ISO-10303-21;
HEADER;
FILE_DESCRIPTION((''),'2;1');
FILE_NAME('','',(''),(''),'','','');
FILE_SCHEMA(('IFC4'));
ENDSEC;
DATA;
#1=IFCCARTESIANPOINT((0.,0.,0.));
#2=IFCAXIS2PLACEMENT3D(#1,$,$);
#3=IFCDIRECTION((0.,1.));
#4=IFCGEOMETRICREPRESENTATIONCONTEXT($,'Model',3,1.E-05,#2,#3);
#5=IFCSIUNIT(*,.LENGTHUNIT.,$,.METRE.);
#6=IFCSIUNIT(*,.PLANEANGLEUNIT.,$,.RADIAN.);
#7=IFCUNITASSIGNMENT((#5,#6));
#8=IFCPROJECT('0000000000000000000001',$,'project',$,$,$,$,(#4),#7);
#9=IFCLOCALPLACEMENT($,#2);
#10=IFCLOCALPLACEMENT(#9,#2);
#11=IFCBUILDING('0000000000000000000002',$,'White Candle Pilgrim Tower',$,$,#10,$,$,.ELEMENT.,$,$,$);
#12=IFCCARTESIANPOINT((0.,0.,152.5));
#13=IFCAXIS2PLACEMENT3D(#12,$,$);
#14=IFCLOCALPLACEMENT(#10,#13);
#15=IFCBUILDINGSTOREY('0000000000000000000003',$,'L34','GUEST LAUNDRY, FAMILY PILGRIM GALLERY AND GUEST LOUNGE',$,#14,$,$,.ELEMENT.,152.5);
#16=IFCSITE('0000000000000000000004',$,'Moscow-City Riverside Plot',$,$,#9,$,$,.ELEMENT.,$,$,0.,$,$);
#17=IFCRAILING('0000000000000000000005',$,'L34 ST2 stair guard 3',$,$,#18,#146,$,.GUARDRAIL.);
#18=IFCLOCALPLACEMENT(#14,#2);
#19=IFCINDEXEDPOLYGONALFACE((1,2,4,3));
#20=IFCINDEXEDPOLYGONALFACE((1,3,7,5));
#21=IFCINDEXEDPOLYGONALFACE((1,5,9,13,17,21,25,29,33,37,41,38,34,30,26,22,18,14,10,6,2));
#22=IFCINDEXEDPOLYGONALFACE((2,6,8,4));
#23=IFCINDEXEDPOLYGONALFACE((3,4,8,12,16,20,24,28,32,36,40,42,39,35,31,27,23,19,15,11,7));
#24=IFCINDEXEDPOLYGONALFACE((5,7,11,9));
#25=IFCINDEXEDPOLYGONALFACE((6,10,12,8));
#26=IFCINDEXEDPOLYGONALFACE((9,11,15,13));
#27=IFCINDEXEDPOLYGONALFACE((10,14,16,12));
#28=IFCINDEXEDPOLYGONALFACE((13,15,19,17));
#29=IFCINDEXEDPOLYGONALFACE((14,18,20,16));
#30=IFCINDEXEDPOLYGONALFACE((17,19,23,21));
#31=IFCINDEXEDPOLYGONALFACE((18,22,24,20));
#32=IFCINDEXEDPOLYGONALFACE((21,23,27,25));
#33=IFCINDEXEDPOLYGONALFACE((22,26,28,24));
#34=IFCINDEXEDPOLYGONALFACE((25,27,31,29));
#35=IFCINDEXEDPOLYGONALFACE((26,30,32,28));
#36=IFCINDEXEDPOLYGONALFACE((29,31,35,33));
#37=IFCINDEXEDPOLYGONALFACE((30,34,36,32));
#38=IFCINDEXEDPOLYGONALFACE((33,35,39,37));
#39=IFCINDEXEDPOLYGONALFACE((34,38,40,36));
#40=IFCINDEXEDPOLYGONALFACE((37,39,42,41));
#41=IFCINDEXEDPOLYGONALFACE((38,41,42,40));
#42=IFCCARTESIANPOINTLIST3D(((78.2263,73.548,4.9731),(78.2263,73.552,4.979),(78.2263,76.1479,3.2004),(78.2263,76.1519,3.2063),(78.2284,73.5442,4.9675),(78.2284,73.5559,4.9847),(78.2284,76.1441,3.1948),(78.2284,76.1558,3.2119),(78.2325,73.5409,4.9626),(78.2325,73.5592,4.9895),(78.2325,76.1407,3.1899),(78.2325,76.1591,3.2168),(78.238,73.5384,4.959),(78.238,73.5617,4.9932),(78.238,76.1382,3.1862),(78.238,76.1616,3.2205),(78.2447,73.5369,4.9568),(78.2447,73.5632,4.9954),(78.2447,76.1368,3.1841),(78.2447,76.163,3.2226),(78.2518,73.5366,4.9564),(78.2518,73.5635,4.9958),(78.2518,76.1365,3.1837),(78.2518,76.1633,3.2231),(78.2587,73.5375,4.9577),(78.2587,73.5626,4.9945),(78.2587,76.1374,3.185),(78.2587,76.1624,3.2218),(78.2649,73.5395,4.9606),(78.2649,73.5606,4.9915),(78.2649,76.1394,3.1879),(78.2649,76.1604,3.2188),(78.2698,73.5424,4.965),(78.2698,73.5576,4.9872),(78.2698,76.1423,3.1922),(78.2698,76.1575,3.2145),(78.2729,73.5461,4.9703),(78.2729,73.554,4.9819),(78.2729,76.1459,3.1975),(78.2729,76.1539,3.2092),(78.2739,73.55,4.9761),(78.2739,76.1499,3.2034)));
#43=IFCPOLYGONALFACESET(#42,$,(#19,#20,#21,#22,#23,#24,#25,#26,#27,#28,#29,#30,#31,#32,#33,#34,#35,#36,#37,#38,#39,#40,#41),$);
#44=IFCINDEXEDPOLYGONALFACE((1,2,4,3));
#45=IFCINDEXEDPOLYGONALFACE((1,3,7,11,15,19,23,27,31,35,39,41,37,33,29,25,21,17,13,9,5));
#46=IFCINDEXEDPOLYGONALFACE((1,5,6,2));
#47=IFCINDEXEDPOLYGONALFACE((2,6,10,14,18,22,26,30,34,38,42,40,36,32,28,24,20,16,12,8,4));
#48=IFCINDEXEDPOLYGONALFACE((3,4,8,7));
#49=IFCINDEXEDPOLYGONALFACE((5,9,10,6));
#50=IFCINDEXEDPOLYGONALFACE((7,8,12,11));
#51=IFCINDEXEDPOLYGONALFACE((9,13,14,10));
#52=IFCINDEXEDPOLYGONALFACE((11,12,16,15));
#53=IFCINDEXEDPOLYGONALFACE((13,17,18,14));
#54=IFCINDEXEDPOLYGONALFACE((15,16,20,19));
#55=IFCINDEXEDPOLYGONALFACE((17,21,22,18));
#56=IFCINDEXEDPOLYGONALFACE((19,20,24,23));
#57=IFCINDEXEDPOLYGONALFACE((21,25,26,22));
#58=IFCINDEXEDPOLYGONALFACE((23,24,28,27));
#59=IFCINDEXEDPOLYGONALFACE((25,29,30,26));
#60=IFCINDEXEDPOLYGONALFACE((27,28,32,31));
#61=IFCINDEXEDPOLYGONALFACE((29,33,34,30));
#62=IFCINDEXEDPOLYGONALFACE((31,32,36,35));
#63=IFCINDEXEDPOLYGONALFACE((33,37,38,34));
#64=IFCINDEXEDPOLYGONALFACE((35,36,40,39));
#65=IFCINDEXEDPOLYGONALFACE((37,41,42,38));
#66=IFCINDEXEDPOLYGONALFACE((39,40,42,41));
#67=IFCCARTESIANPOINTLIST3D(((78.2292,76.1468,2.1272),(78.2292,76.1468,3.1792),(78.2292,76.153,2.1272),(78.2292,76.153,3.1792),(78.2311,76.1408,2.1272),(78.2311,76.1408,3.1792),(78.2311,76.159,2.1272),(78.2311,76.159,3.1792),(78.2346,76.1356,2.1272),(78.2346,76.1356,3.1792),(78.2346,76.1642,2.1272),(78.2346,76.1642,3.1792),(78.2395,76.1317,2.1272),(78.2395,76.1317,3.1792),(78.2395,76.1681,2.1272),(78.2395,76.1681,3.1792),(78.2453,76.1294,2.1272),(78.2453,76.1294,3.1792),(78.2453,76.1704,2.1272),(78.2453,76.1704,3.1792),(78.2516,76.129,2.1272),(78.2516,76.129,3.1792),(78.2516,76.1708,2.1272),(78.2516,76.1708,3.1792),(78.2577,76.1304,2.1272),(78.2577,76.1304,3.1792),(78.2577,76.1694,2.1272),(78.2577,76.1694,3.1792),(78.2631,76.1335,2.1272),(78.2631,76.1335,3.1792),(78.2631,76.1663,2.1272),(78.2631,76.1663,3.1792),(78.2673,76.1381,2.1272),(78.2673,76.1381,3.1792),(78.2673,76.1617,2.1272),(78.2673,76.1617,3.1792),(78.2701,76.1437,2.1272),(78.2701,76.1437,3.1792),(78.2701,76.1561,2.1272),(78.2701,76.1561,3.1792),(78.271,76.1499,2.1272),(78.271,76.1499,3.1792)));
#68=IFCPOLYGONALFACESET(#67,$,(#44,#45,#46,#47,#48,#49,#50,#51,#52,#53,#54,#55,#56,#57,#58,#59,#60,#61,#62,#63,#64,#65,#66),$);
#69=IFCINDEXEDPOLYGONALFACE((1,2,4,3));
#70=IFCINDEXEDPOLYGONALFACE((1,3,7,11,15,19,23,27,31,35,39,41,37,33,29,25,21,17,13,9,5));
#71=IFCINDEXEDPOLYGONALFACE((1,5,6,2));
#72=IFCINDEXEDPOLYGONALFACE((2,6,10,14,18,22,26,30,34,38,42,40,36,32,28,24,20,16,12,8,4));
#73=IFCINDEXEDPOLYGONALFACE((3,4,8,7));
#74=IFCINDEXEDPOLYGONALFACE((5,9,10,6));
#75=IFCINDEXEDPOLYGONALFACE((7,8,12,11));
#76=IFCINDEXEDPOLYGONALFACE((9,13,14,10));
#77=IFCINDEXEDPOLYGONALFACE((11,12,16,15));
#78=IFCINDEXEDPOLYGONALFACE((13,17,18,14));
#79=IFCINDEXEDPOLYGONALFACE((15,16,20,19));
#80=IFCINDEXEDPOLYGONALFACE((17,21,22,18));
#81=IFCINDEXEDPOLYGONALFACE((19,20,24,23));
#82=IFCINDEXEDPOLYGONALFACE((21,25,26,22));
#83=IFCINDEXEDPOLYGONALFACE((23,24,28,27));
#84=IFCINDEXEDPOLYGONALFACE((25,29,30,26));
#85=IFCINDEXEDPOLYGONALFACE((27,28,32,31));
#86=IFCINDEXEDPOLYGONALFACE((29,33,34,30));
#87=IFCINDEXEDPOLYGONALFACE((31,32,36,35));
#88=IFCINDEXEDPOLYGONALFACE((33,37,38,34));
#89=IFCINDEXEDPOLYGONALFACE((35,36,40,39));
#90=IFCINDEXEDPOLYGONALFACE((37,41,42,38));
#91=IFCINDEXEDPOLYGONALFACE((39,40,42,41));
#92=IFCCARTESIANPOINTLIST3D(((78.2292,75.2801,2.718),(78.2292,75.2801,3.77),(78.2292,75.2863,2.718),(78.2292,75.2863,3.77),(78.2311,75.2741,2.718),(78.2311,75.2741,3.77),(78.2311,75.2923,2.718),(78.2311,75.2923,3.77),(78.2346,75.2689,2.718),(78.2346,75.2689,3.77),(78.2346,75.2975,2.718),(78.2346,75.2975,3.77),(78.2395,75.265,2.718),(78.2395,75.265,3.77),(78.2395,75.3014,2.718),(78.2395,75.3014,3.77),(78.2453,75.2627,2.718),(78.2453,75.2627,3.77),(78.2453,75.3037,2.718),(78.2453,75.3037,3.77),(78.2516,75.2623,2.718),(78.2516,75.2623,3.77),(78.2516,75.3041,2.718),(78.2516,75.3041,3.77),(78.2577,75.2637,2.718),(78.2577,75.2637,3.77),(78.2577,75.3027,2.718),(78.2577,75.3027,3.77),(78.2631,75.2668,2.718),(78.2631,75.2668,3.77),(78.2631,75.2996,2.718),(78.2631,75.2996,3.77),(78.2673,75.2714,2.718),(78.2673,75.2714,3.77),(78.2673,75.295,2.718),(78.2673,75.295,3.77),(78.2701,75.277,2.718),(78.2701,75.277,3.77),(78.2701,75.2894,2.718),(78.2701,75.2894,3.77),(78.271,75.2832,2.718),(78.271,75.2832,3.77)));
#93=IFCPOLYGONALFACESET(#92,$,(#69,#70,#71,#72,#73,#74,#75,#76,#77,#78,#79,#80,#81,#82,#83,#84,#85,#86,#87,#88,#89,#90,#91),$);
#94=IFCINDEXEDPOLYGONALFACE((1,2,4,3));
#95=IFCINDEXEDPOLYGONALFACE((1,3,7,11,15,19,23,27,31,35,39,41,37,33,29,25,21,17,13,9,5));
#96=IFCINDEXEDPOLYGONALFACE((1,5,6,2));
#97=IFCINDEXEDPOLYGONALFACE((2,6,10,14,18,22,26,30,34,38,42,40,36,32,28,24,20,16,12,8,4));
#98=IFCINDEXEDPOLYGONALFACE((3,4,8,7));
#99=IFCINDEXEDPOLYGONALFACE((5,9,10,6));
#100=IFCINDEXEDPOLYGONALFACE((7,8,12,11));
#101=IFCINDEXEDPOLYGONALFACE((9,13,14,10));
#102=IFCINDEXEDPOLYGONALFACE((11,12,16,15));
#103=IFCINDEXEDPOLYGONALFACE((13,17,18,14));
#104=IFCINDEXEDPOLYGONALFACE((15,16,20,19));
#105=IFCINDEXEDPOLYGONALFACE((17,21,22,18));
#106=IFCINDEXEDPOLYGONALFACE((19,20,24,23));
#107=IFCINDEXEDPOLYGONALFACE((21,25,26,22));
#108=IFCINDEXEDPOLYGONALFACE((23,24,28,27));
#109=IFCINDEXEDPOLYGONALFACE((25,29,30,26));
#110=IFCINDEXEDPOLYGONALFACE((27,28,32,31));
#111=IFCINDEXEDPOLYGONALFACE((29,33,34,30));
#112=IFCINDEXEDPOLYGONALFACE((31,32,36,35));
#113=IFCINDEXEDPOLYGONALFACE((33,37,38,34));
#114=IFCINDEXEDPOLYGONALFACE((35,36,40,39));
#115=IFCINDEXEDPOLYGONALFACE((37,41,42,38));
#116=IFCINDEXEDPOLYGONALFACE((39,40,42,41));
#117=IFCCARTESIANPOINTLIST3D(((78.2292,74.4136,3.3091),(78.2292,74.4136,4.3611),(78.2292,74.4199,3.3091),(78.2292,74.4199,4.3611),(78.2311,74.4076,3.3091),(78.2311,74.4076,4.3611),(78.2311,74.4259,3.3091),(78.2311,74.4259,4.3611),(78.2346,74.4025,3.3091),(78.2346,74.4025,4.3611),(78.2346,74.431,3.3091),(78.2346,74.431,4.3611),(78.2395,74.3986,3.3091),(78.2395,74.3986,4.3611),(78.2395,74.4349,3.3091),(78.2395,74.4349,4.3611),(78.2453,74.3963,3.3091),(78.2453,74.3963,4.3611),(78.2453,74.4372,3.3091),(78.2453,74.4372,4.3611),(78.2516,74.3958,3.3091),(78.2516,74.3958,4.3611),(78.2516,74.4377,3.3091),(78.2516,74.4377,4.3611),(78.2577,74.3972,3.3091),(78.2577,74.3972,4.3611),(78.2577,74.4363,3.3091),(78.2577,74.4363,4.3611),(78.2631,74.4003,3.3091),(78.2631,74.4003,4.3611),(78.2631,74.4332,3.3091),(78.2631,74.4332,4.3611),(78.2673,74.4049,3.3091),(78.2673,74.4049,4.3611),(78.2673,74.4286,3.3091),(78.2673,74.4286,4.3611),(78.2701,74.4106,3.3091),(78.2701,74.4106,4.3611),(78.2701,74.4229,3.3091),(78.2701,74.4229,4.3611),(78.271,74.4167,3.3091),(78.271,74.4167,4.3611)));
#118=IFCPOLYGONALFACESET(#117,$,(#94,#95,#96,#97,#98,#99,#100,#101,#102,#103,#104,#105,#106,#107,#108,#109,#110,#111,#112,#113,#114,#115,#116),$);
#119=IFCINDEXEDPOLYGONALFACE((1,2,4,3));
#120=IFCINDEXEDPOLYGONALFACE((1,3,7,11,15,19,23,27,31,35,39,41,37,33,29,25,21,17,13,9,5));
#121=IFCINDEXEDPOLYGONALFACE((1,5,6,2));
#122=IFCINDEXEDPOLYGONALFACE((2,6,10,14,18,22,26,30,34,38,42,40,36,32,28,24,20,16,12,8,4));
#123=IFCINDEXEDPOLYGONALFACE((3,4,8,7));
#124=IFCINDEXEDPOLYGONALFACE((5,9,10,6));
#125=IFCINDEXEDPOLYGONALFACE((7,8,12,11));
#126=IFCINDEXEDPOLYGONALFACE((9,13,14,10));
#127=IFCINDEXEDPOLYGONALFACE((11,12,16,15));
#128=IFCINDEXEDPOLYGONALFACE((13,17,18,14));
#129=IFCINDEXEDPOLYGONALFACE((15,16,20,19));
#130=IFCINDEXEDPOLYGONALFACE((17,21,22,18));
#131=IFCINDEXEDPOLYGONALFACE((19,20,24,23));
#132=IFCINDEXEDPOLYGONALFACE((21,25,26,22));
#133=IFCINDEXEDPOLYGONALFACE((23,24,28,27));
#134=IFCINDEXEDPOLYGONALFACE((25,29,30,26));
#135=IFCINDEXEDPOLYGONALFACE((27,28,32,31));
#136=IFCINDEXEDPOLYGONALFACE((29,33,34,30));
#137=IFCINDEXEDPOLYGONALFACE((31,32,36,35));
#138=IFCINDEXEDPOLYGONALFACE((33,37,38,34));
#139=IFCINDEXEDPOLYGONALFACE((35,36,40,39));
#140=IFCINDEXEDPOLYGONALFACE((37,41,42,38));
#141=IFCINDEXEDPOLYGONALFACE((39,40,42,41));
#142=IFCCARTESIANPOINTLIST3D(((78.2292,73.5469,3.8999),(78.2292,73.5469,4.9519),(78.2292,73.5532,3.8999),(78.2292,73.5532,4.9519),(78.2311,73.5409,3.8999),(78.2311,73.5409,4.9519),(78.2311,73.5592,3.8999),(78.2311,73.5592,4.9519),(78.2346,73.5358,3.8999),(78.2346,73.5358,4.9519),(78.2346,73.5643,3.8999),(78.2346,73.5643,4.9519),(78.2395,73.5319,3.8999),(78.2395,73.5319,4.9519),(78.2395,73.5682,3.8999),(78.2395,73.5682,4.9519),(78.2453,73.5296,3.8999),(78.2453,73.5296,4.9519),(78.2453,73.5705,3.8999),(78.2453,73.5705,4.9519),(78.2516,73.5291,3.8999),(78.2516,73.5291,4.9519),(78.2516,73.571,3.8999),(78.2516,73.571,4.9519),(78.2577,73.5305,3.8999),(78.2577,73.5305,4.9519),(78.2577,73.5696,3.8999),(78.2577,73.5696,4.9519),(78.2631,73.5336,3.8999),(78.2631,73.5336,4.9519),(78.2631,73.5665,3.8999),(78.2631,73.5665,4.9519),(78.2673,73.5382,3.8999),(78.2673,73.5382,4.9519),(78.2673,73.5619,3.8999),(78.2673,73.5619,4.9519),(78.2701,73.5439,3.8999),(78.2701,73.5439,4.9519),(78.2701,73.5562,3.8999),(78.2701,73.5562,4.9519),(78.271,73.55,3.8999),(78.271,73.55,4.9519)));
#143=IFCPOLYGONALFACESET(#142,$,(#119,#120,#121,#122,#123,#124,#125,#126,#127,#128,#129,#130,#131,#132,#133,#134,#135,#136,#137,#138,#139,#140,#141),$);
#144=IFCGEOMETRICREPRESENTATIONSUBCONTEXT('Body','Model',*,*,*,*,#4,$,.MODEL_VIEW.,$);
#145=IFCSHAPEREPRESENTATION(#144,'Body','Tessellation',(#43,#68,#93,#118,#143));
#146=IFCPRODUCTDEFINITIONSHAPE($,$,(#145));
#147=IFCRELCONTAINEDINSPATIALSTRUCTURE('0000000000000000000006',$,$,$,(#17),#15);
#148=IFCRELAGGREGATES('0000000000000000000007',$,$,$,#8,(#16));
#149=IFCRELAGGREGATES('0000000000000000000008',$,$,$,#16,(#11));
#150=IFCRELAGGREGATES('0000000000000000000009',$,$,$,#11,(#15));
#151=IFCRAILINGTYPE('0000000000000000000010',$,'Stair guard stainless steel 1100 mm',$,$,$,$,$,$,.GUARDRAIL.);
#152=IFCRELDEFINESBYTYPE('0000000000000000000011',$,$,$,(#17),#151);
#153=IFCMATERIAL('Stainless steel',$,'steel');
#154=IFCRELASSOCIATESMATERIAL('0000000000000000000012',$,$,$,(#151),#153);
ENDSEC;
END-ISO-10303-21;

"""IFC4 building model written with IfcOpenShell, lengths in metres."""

from ifc_helpers import new_model, si_unit, direction, frame, origin, origin_2d, place, context, subcontext, project, spatial, circle, extrude, material, type_object, element, save


model = new_model("IFC4")

# Units and contexts
model_context = context("Model", 3, precision=1e-05, world=origin(), true_north=direction((0.0, 1.0)))
body_context = subcontext(model_context, "Body", "Model", "MODEL_VIEW")
ifc_project = project(units=[si_unit("LENGTHUNIT", "METRE"), si_unit("PLANEANGLEUNIT", "RADIAN")], contexts=[model_context])

# Site, building, storey
site_placement = place(None, origin())
site = spatial("IfcSite", under=ifc_project, at=site_placement, Name="Moscow-City Riverside Plot", CompositionType="ELEMENT", RefElevation=0.0)
building_placement = place(site_placement, origin())
building = spatial("IfcBuilding", under=site, at=building_placement, Name="White Candle Pilgrim Tower", CompositionType="ELEMENT")
storey_placement = place(building_placement, frame((0.0, 0.0, 152.5)))
storey = spatial("IfcBuildingStorey", under=building, at=storey_placement, Name="L34", Description="GUEST LAUNDRY, FAMILY PILGRIM GALLERY AND GUEST LOUNGE", CompositionType="ELEMENT", Elevation=152.5)

# Railing
ifc_material_1 = material(Name="Stainless steel", Category="steel")
railing_type_1 = type_object("IfcRailingType", Name="Stair guard stainless steel 1100 mm", PredefinedType="GUARDRAIL", material=ifc_material_1)
railing_1_placement = place(storey_placement, frame((78.25, 76.1499, 2.1272)))
element("IfcRailing", 1, at=railing_1_placement, inside=storey, type_object=railing_type_1, Name="L34 ST2 stair guard 3", PredefinedType="GUARDRAIL", context=body_context, shape_type="SweptSolid", body=[
    extrude(circle(Radius=0.0239, at=origin_2d()), frame((0.0, 0.0, 1.0762), z_axis=(0.0, -0.826216, 0.563354), x_axis=(1.0, 0.0, 0.0)), (0.0, 0.0, 1.0), 3.1467),
    extrude(circle(Radius=0.021, at=origin_2d()), origin(), (0.0, 0.0, 1.0), 1.052),
    extrude(circle(Radius=0.021, at=origin_2d()), frame((0.0, -0.8667, 0.5908)), (0.0, 0.0, 1.0), 1.052),
    extrude(circle(Radius=0.021, at=origin_2d()), frame((0.0, -1.7332, 1.1819)), (0.0, 0.0, 1.0), 1.052),
    extrude(circle(Radius=0.021, at=origin_2d()), frame((0.0, -2.5999, 1.7727)), (0.0, 0.0, 1.0), 1.052),
])

save(model, "model.ifc")
